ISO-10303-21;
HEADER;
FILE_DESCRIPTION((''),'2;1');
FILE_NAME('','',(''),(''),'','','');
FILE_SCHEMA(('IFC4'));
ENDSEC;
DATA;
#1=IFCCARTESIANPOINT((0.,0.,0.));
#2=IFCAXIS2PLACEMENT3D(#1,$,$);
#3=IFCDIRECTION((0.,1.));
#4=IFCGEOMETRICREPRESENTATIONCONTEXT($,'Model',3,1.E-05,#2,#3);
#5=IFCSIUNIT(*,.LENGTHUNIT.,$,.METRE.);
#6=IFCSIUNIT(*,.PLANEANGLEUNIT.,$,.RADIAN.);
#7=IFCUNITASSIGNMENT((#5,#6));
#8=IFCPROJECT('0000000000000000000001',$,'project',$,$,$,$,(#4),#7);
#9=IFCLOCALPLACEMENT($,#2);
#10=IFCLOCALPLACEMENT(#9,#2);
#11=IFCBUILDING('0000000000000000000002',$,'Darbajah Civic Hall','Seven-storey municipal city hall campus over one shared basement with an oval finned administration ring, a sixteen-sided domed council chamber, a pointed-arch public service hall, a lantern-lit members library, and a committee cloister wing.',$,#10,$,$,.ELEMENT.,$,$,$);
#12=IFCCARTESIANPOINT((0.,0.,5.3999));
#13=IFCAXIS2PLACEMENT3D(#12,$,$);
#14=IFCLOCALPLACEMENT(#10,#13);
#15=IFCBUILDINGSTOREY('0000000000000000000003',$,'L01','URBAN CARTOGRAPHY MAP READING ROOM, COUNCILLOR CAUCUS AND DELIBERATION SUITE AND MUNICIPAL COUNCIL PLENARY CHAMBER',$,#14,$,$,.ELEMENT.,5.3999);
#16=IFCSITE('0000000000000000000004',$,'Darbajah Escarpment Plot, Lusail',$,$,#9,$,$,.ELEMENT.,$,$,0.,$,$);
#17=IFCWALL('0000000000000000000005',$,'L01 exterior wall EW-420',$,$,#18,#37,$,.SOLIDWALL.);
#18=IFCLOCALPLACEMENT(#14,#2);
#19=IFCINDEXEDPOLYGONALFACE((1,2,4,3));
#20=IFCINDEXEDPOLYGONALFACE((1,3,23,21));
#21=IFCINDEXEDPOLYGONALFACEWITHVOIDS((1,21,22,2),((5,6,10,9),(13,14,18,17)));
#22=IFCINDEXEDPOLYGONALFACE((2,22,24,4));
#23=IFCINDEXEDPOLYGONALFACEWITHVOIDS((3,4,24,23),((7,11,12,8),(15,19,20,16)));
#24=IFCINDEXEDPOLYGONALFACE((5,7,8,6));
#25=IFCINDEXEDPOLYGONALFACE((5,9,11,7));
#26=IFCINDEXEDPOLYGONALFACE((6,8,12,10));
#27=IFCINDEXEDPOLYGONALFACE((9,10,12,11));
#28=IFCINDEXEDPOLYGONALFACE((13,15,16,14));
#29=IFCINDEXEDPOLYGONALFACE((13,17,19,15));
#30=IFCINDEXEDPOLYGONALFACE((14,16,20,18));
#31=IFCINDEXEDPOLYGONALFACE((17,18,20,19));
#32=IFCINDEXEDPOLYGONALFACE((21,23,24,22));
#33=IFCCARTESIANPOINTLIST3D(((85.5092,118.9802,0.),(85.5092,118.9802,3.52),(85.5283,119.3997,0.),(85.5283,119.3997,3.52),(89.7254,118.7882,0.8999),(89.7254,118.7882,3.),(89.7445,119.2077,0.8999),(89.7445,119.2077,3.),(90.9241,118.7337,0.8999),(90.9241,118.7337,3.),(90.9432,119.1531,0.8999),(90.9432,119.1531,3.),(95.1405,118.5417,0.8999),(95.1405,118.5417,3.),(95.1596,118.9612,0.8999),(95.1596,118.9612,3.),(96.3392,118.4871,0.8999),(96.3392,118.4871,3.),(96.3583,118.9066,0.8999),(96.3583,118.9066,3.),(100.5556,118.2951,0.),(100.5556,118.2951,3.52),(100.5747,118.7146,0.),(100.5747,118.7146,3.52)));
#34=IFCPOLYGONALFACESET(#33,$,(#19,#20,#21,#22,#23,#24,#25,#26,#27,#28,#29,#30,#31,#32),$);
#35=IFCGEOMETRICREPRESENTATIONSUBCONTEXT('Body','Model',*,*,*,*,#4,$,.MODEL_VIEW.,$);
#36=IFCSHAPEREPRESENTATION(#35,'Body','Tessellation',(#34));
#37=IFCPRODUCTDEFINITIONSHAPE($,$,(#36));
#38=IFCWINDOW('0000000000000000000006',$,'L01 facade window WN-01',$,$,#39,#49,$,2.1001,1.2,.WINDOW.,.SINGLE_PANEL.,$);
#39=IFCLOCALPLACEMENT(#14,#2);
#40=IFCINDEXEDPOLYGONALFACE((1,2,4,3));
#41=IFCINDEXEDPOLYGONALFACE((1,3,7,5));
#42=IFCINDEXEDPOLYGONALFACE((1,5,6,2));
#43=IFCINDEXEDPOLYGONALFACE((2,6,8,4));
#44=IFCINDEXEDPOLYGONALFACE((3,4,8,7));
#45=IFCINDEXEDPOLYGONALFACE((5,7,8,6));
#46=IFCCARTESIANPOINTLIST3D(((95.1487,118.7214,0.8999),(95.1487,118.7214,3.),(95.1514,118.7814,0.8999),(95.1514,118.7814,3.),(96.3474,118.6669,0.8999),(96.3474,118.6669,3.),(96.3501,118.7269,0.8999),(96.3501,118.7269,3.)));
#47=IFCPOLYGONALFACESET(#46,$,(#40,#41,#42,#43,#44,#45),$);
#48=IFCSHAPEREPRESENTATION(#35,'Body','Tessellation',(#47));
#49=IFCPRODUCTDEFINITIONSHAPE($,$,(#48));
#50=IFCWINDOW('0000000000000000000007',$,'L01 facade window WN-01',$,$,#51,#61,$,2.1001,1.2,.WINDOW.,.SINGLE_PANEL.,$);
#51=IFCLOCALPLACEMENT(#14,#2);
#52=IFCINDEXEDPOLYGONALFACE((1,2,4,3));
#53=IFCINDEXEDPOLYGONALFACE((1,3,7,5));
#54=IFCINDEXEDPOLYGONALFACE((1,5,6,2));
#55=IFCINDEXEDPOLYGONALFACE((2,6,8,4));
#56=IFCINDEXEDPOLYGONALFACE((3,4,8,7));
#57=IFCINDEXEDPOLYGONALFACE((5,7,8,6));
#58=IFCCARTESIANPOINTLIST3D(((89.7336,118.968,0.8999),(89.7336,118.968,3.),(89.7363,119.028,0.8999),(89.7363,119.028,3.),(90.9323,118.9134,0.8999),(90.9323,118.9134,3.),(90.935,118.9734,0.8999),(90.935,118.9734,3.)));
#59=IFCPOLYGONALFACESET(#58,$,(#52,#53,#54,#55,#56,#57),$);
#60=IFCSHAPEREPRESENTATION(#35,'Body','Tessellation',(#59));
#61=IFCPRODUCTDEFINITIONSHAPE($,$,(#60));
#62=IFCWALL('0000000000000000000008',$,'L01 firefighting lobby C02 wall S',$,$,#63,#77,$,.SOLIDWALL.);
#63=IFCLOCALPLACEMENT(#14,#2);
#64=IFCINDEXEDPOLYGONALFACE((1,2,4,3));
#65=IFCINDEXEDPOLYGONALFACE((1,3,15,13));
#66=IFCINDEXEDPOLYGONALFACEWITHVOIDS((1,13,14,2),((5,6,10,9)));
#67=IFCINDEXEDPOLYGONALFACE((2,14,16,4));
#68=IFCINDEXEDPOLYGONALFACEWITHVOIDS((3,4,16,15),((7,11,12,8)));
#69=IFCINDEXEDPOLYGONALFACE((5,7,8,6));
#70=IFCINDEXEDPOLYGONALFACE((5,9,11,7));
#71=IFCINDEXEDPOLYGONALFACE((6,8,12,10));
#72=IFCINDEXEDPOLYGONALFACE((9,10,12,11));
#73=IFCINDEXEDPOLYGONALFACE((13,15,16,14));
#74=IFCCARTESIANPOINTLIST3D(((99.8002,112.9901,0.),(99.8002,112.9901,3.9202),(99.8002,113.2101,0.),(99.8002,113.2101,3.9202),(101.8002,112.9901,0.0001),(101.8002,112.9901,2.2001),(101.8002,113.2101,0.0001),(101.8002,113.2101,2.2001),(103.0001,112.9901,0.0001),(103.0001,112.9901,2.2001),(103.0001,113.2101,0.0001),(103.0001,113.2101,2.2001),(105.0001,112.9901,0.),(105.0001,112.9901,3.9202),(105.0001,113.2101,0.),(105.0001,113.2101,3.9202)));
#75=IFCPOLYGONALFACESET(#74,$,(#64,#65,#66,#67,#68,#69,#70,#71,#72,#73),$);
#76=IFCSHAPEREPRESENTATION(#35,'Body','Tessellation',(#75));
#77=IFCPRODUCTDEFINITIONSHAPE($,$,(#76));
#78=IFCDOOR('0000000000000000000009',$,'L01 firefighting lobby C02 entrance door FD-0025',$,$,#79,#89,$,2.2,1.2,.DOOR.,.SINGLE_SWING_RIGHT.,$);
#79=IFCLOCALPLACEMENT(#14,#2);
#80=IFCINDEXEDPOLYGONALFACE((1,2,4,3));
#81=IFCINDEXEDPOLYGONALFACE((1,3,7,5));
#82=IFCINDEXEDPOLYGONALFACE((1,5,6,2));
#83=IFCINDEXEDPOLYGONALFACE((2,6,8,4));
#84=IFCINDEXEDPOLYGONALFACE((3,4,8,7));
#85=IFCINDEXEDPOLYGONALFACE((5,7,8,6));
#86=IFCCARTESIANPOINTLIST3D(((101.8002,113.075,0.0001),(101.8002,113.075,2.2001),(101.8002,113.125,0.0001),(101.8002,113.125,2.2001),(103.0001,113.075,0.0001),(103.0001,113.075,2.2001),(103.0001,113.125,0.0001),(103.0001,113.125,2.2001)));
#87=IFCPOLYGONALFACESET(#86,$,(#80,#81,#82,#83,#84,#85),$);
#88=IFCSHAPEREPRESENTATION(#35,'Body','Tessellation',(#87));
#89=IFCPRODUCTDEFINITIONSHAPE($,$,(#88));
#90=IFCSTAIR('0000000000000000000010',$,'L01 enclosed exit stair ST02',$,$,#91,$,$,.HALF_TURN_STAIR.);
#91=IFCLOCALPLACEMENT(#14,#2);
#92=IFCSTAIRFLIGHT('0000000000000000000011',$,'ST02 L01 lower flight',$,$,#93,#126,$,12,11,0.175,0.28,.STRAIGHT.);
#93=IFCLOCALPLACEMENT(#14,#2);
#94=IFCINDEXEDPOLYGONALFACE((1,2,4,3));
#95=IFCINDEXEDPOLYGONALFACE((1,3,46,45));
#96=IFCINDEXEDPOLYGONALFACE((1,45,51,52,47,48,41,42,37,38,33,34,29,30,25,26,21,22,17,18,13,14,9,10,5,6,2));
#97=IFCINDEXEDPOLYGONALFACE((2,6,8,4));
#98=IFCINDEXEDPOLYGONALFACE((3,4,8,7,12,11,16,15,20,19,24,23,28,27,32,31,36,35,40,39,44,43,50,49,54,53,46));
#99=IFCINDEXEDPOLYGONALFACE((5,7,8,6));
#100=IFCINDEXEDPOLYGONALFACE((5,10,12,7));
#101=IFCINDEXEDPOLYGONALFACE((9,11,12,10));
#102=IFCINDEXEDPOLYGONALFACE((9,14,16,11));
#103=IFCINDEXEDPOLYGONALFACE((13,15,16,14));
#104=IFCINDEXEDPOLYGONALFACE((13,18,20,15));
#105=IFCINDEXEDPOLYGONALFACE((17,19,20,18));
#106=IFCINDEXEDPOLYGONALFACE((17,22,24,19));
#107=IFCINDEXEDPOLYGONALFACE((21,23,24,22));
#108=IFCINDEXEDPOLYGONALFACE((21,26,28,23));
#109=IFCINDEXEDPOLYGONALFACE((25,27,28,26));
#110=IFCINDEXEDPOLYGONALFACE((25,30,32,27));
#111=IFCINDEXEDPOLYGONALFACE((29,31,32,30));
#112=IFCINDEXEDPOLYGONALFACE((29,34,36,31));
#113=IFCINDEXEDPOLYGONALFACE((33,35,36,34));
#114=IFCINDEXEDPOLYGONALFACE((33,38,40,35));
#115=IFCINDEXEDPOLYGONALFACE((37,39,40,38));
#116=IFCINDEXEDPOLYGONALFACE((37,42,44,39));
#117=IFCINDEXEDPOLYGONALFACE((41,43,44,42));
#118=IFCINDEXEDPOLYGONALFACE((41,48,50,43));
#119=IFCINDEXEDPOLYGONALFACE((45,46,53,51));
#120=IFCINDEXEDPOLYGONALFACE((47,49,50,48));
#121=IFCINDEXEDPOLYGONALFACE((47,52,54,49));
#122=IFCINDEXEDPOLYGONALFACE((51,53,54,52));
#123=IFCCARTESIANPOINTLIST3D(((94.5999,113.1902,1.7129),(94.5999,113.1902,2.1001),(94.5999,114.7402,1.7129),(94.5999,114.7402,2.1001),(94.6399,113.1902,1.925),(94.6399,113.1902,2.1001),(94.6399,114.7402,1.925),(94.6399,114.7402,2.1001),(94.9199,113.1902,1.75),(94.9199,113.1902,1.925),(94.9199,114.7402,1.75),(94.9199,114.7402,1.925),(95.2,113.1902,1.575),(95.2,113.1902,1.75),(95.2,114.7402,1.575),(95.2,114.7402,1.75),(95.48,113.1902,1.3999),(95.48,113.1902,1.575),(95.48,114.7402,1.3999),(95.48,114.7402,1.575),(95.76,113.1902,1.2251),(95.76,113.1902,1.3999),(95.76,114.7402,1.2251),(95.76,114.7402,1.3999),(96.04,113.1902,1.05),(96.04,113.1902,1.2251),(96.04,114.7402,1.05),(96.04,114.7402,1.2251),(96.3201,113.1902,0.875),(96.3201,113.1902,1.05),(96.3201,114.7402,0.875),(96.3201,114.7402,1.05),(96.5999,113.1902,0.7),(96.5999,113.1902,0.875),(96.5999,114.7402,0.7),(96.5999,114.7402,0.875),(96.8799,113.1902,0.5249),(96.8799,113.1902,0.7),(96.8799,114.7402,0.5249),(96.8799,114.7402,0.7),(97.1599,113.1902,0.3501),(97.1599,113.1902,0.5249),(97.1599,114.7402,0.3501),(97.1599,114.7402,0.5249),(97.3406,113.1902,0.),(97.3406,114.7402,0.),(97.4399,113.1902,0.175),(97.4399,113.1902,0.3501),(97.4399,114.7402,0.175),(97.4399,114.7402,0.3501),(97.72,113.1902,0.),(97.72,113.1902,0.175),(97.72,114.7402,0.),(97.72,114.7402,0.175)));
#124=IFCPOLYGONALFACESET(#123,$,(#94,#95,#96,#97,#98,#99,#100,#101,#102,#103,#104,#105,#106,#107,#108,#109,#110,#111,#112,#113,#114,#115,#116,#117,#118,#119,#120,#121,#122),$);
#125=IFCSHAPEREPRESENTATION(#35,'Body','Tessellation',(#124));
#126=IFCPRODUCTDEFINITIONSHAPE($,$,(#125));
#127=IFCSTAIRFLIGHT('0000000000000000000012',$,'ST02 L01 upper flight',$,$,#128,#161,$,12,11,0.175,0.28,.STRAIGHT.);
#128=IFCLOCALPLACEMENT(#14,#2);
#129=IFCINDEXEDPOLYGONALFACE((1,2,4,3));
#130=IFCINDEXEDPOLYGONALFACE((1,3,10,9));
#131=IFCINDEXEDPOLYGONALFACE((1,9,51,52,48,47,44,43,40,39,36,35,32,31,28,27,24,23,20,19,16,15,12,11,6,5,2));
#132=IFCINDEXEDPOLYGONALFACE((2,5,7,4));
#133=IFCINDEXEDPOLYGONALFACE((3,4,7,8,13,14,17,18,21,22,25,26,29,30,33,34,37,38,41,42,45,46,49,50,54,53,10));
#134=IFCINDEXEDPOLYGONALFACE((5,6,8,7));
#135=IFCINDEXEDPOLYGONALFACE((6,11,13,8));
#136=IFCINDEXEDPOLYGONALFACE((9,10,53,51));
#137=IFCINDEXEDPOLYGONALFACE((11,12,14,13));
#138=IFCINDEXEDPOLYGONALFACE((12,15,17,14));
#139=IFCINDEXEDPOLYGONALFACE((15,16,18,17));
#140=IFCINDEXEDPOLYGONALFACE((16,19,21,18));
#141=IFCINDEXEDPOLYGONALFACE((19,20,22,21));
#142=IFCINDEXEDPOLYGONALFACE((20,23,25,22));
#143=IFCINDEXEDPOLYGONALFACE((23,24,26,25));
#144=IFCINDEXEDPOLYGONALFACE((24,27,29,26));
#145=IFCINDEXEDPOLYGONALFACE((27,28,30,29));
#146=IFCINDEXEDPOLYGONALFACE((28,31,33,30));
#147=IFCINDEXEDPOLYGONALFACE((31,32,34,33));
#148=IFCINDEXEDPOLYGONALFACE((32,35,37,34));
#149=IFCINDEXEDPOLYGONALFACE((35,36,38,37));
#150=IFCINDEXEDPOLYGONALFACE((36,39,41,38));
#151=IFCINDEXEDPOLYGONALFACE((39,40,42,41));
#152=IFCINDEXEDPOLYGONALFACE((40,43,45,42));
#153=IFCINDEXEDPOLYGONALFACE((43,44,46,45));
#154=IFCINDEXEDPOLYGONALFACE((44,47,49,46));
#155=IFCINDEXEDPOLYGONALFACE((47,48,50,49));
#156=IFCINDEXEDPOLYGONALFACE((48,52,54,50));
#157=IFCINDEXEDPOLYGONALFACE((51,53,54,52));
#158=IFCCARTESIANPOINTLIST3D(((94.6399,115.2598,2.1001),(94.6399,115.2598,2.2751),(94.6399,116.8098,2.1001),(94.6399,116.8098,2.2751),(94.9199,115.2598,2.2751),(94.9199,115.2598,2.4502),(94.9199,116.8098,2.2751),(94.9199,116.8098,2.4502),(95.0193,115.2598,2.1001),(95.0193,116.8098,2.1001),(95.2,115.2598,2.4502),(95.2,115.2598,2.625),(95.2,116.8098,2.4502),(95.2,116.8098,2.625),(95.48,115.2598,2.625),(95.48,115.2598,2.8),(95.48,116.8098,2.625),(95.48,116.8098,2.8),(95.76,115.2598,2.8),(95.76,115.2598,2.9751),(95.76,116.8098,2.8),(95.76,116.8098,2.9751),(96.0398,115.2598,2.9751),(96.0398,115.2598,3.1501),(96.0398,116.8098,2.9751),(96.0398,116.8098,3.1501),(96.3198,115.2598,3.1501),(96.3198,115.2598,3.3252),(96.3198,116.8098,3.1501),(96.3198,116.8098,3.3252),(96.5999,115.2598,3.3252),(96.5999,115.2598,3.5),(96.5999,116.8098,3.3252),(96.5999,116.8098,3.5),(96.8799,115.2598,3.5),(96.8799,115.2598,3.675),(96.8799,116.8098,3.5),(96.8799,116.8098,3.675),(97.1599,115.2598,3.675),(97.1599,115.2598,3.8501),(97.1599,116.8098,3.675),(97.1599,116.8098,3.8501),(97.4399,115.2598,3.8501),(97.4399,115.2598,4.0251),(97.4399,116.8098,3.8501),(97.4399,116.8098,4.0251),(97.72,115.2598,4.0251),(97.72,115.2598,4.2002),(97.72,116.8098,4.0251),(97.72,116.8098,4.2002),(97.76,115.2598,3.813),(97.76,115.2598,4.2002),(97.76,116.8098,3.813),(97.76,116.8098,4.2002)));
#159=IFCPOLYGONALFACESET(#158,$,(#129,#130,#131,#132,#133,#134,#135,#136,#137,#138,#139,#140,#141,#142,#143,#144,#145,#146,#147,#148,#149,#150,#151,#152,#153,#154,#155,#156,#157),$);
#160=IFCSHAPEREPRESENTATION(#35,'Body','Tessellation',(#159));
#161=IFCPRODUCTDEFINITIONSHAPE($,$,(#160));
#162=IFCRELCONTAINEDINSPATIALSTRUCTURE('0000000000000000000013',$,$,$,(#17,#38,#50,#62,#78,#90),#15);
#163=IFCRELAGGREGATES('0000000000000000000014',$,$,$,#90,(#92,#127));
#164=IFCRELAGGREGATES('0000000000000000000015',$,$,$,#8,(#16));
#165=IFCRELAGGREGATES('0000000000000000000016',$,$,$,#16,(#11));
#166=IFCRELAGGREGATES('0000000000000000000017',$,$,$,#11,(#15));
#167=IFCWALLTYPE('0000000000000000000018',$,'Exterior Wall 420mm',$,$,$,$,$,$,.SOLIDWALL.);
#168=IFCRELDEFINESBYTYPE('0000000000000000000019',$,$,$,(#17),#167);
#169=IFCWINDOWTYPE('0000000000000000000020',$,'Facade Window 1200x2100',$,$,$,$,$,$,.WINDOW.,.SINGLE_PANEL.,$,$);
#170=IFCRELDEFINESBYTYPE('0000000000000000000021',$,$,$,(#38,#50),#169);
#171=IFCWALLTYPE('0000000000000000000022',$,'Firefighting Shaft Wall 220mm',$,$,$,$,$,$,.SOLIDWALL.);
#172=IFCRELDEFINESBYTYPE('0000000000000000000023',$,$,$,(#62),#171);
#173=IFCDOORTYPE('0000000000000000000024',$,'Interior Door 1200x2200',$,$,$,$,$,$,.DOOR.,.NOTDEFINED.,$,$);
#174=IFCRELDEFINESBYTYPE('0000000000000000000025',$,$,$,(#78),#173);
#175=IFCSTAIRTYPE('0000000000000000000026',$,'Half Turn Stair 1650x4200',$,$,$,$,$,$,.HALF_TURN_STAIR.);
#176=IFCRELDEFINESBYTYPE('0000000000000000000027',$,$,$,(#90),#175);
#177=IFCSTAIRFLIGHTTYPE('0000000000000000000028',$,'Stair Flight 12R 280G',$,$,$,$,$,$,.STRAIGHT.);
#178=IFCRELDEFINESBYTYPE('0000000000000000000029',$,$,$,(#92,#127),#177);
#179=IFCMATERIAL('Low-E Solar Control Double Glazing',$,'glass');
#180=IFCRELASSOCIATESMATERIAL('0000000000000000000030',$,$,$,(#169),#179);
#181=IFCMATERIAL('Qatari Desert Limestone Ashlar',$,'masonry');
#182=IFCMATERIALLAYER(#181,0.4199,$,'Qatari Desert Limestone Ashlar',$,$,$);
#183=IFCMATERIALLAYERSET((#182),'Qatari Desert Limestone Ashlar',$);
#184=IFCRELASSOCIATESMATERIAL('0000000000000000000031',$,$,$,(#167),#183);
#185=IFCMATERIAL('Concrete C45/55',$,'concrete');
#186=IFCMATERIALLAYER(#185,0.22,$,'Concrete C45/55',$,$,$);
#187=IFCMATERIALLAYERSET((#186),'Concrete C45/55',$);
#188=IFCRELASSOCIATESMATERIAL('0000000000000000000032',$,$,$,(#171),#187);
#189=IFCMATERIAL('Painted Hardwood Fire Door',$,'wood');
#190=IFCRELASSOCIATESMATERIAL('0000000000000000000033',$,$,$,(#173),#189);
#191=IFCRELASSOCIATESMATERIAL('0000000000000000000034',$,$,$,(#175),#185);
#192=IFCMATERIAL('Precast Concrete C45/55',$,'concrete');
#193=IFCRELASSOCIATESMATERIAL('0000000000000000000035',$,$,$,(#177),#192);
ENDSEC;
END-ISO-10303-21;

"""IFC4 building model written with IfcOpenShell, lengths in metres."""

from ifc_helpers import new_model, si_unit, direction, frame, frame_2d, origin, place, context, subcontext, project, spatial, polyline, rectangle, outline, extrude, material, layer, layer_set, type_object, element, fill, aggregate, save


model = new_model("IFC4")

# Units and contexts
model_context = context("Model", 3, precision=1e-05, world=origin(), true_north=direction((0.0, 1.0)))
body_context = subcontext(model_context, "Body", "Model", "MODEL_VIEW")
ifc_project = project(units=[si_unit("LENGTHUNIT", "METRE"), si_unit("PLANEANGLEUNIT", "RADIAN")], contexts=[model_context])

# Site, building, storey
site_placement = place(None, origin())
site = spatial("IfcSite", under=ifc_project, at=site_placement, Name="Darbajah Escarpment Plot, Lusail", CompositionType="ELEMENT", RefElevation=0.0)
building_placement = place(site_placement, origin())
building = spatial("IfcBuilding", under=site, at=building_placement, Name="Darbajah Civic Hall", Description="Seven-storey municipal city hall campus over one shared basement with an oval finned administration ring, a sixteen-sided domed council chamber, a pointed-arch public service hall, a lantern-lit members library, and a committee cloister wing.", CompositionType="ELEMENT")
storey_placement = place(building_placement, frame((0.0, 0.0, 5.3999)))
storey = spatial("IfcBuildingStorey", under=building, at=storey_placement, Name="L01", Description="URBAN CARTOGRAPHY MAP READING ROOM, COUNCILLOR CAUCUS AND DELIBERATION SUITE AND MUNICIPAL COUNCIL PLENARY CHAMBER", CompositionType="ELEMENT", Elevation=5.3999)

# Shared definitions
ifc_material_1 = material(Name="Concrete C45/55", Category="concrete")

# Wall, openings, windows
ifc_material_2 = material(Name="Qatari Desert Limestone Ashlar", Category="masonry")
ifc_material_3 = material(Name="Low-E Solar Control Double Glazing", Category="glass")
window_type = type_object("IfcWindowType", Name="Facade Window 1200x2100", PartitioningType="SINGLE_PANEL", PredefinedType="WINDOW", material=ifc_material_3)
ifc_layer_1 = layer(ifc_material_2, 0.4199, Name="Qatari Desert Limestone Ashlar")
ifc_layer_set_1 = layer_set([ifc_layer_1], Name="Qatari Desert Limestone Ashlar")
wall_type_1 = type_object("IfcWallType", Name="Exterior Wall 420mm", PredefinedType="SOLIDWALL", material=ifc_layer_set_1)
wall_1_placement = place(storey_placement, frame((100.5652, 118.5049, 0.0), z_axis=(0.0, 0.0, 1.0), x_axis=(-0.998965, 0.045483, 0.0)))
wall_1 = element("IfcWall", 1, at=wall_1_placement, inside=storey, type_object=wall_type_1, Name="L01 exterior wall EW-420", PredefinedType="SOLIDWALL", context=body_context, shape_type="SweptSolid", body=[
    extrude(rectangle(XDim=15.062, YDim=0.4199, at=frame_2d((7.531, 0.0))), origin(), (0.0, 0.0, 1.0), 3.52),
])
opening_1_placement = place(wall_1_placement, frame((4.2207, 0.0, 0.8999)))
opening_1 = element("IfcOpeningElement", 2, at=opening_1_placement, cuts=wall_1, PredefinedType="OPENING", context=body_context, shape_type="SweptSolid", body=[
    extrude(rectangle(XDim=1.2, YDim=2.1001, at=frame_2d((0.6001, 1.05))), frame((0.0, 0.22, 0.0), z_axis=(0.0, -1.0, 0.0), x_axis=(1.0, 0.0, 0.0)), (0.0, 0.0, 1.0), 0.4399),
])
opening_2_placement = place(wall_1_placement, frame((9.6414, 0.0, 0.8999)))
opening_2 = element("IfcOpeningElement", 3, at=opening_2_placement, cuts=wall_1, PredefinedType="OPENING", context=body_context, shape_type="SweptSolid", body=[
    extrude(rectangle(XDim=1.2, YDim=2.1001, at=frame_2d((0.6001, 1.05))), frame((0.0, 0.22, 0.0), z_axis=(0.0, -1.0, 0.0), x_axis=(1.0, 0.0, 0.0)), (0.0, 0.0, 1.0), 0.4399),
])
window_1_placement = place(opening_1_placement, origin())
window_1 = element("IfcWindow", 4, at=window_1_placement, inside=storey, type_object=window_type, Name="L01 facade window WN-01", OverallHeight=2.1001, OverallWidth=1.2, PartitioningType="SINGLE_PANEL", PredefinedType="WINDOW", context=body_context, shape_type="SweptSolid", body=[
    extrude(rectangle(XDim=1.2, YDim=2.1001, at=frame_2d((0.6001, 1.05))), frame((0.0, 0.03, 0.0), z_axis=(0.0, -1.0, 0.0), x_axis=(1.0, 0.0, 0.0)), (0.0, 0.0, 1.0), 0.0601),
])
fill(opening_1, window_1)
window_2_placement = place(opening_2_placement, origin())
window_2 = element("IfcWindow", 5, at=window_2_placement, inside=storey, type_object=window_type, Name="L01 facade window WN-01", OverallHeight=2.1001, OverallWidth=1.2, PartitioningType="SINGLE_PANEL", PredefinedType="WINDOW", context=body_context, shape_type="SweptSolid", body=[
    extrude(rectangle(XDim=1.2, YDim=2.1001, at=frame_2d((0.6001, 1.05))), frame((0.0, 0.03, 0.0), z_axis=(0.0, -1.0, 0.0), x_axis=(1.0, 0.0, 0.0)), (0.0, 0.0, 1.0), 0.0601),
])
fill(opening_2, window_2)

# Wall, opening, door
ifc_layer_2 = layer(ifc_material_1, 0.22, Name="Concrete C45/55")
ifc_layer_set_2 = layer_set([ifc_layer_2], Name="Concrete C45/55")
wall_type_2 = type_object("IfcWallType", Name="Firefighting Shaft Wall 220mm", PredefinedType="SOLIDWALL", material=ifc_layer_set_2)
wall_2_placement = place(storey_placement, frame((99.8, 113.1001, 0.0), z_axis=(0.0, 0.0, 1.0), x_axis=(1.0, 0.0, 0.0)))
wall_2 = element("IfcWall", 6, at=wall_2_placement, inside=storey, type_object=wall_type_2, Name="L01 firefighting lobby C02 wall S", PredefinedType="SOLIDWALL", context=body_context, shape_type="SweptSolid", body=[
    extrude(rectangle(XDim=5.2, YDim=0.22, at=frame_2d((2.6001, 0.0))), origin(), (0.0, 0.0, 1.0), 3.9202),
])
opening_3_placement = place(wall_2_placement, frame((2.0, 0.0, 0.0)))
opening_3 = element("IfcOpeningElement", 7, at=opening_3_placement, cuts=wall_2, PredefinedType="OPENING", context=body_context, shape_type="SweptSolid", body=[
    extrude(rectangle(XDim=1.2, YDim=2.2, at=frame_2d((0.6001, 1.1001))), frame((0.0, 0.1199, 0.0), z_axis=(0.0, -1.0, 0.0), x_axis=(1.0, 0.0, 0.0)), (0.0, 0.0, 1.0), 0.24),
])
ifc_material_4 = material(Name="Painted Hardwood Fire Door", Category="wood")
door_type_1 = type_object("IfcDoorType", Name="Interior Door 1200x2200", OperationType="NOTDEFINED", PredefinedType="DOOR", material=ifc_material_4)
door_1_placement = place(opening_3_placement, origin())
door_1 = element("IfcDoor", 8, at=door_1_placement, inside=storey, type_object=door_type_1, Name="L01 firefighting lobby C02 entrance door FD-0025", OperationType="SINGLE_SWING_RIGHT", OverallHeight=2.2, OverallWidth=1.2, PredefinedType="DOOR", context=body_context, shape_type="SweptSolid", body=[
    extrude(rectangle(XDim=1.2, YDim=2.2, at=frame_2d((0.6001, 1.1001))), frame((0.0, 0.0249, 0.0), z_axis=(0.0, -1.0, 0.0), x_axis=(1.0, 0.0, 0.0)), (0.0, 0.0, 1.0), 0.05),
])
fill(opening_3, door_1)

# Stair, stair flights
stair_type = type_object("IfcStairType", Name="Half Turn Stair 1650x4200", PredefinedType="HALF_TURN_STAIR", material=ifc_material_1)
stair_placement = place(storey_placement, origin())
stair = element("IfcStair", 9, at=stair_placement, inside=storey, type_object=stair_type, Name="L01 enclosed exit stair ST02", PredefinedType="HALF_TURN_STAIR")
ifc_material_5 = material(Name="Precast Concrete C45/55", Category="concrete")
stair_flight_type = type_object("IfcStairFlightType", Name="Stair Flight 12R 280G", PredefinedType="STRAIGHT", material=ifc_material_5)
stair_flight_1_placement = place(storey_placement, frame((97.72, 113.9651, 0.0), z_axis=(0.0, 0.0, 1.0), x_axis=(-1.0, 0.0, 0.0)))
stair_flight_1 = element("IfcStairFlight", 10, at=stair_flight_1_placement, type_object=stair_flight_type, Name="ST02 L01 lower flight", NumberOfRisers=12, NumberOfTreads=11, PredefinedType="STRAIGHT", RiserHeight=0.175, TreadLength=0.28, context=body_context, shape_type="SweptSolid", body=[
    extrude(outline(polyline([(0.0, 0.0), (0.0, 0.175), (0.28, 0.175), (0.28, 0.3501), (0.5601, 0.3501), (0.5601, 0.5249), (0.8401, 0.5249), (0.8401, 0.7), (1.1201, 0.7), (1.1201, 0.875), (1.3999, 0.875), (1.3999, 1.05), (1.6799, 1.05), (1.6799, 1.2251), (1.96, 1.2251), (1.96, 1.3999), (2.24, 1.3999), (2.24, 1.575), (2.52, 1.575), (2.52, 1.75), (2.8, 1.75), (2.8, 1.925), (3.0801, 1.925), (3.0801, 2.1001), (3.1201, 2.1001), (3.1201, 1.7129), (0.3794, 0.0), (0.0, 0.0)])), frame((0.0, 0.7749, 0.0), z_axis=(0.0, -1.0, 0.0), x_axis=(1.0, 0.0, 0.0)), (0.0, 0.0, 1.0), 1.55),
])
stair_flight_2_placement = place(storey_placement, frame((94.6399, 116.0349, 2.1001), z_axis=(0.0, 0.0, 1.0), x_axis=(1.0, 0.0, 0.0)))
stair_flight_2 = element("IfcStairFlight", 11, at=stair_flight_2_placement, type_object=stair_flight_type, Name="ST02 L01 upper flight", NumberOfRisers=12, NumberOfTreads=11, PredefinedType="STRAIGHT", RiserHeight=0.175, TreadLength=0.28, context=body_context, shape_type="SweptSolid", body=[
    extrude(outline(polyline([(0.0, 0.0), (0.0, 0.175), (0.28, 0.175), (0.28, 0.3501), (0.5601, 0.3501), (0.5601, 0.5249), (0.8401, 0.5249), (0.8401, 0.7), (1.1201, 0.7), (1.1201, 0.875), (1.3999, 0.875), (1.3999, 1.05), (1.6799, 1.05), (1.6799, 1.2251), (1.96, 1.2251), (1.96, 1.3999), (2.24, 1.3999), (2.24, 1.575), (2.52, 1.575), (2.52, 1.75), (2.8, 1.75), (2.8, 1.925), (3.0801, 1.925), (3.0801, 2.1001), (3.1201, 2.1001), (3.1201, 1.7129), (0.3794, 0.0), (0.0, 0.0)])), frame((0.0, 0.7749, 0.0), z_axis=(0.0, -1.0, 0.0), x_axis=(1.0, 0.0, 0.0)), (0.0, 0.0, 1.0), 1.55),
])
aggregate(stair, [stair_flight_1, stair_flight_2])

save(model, "model.ifc")
